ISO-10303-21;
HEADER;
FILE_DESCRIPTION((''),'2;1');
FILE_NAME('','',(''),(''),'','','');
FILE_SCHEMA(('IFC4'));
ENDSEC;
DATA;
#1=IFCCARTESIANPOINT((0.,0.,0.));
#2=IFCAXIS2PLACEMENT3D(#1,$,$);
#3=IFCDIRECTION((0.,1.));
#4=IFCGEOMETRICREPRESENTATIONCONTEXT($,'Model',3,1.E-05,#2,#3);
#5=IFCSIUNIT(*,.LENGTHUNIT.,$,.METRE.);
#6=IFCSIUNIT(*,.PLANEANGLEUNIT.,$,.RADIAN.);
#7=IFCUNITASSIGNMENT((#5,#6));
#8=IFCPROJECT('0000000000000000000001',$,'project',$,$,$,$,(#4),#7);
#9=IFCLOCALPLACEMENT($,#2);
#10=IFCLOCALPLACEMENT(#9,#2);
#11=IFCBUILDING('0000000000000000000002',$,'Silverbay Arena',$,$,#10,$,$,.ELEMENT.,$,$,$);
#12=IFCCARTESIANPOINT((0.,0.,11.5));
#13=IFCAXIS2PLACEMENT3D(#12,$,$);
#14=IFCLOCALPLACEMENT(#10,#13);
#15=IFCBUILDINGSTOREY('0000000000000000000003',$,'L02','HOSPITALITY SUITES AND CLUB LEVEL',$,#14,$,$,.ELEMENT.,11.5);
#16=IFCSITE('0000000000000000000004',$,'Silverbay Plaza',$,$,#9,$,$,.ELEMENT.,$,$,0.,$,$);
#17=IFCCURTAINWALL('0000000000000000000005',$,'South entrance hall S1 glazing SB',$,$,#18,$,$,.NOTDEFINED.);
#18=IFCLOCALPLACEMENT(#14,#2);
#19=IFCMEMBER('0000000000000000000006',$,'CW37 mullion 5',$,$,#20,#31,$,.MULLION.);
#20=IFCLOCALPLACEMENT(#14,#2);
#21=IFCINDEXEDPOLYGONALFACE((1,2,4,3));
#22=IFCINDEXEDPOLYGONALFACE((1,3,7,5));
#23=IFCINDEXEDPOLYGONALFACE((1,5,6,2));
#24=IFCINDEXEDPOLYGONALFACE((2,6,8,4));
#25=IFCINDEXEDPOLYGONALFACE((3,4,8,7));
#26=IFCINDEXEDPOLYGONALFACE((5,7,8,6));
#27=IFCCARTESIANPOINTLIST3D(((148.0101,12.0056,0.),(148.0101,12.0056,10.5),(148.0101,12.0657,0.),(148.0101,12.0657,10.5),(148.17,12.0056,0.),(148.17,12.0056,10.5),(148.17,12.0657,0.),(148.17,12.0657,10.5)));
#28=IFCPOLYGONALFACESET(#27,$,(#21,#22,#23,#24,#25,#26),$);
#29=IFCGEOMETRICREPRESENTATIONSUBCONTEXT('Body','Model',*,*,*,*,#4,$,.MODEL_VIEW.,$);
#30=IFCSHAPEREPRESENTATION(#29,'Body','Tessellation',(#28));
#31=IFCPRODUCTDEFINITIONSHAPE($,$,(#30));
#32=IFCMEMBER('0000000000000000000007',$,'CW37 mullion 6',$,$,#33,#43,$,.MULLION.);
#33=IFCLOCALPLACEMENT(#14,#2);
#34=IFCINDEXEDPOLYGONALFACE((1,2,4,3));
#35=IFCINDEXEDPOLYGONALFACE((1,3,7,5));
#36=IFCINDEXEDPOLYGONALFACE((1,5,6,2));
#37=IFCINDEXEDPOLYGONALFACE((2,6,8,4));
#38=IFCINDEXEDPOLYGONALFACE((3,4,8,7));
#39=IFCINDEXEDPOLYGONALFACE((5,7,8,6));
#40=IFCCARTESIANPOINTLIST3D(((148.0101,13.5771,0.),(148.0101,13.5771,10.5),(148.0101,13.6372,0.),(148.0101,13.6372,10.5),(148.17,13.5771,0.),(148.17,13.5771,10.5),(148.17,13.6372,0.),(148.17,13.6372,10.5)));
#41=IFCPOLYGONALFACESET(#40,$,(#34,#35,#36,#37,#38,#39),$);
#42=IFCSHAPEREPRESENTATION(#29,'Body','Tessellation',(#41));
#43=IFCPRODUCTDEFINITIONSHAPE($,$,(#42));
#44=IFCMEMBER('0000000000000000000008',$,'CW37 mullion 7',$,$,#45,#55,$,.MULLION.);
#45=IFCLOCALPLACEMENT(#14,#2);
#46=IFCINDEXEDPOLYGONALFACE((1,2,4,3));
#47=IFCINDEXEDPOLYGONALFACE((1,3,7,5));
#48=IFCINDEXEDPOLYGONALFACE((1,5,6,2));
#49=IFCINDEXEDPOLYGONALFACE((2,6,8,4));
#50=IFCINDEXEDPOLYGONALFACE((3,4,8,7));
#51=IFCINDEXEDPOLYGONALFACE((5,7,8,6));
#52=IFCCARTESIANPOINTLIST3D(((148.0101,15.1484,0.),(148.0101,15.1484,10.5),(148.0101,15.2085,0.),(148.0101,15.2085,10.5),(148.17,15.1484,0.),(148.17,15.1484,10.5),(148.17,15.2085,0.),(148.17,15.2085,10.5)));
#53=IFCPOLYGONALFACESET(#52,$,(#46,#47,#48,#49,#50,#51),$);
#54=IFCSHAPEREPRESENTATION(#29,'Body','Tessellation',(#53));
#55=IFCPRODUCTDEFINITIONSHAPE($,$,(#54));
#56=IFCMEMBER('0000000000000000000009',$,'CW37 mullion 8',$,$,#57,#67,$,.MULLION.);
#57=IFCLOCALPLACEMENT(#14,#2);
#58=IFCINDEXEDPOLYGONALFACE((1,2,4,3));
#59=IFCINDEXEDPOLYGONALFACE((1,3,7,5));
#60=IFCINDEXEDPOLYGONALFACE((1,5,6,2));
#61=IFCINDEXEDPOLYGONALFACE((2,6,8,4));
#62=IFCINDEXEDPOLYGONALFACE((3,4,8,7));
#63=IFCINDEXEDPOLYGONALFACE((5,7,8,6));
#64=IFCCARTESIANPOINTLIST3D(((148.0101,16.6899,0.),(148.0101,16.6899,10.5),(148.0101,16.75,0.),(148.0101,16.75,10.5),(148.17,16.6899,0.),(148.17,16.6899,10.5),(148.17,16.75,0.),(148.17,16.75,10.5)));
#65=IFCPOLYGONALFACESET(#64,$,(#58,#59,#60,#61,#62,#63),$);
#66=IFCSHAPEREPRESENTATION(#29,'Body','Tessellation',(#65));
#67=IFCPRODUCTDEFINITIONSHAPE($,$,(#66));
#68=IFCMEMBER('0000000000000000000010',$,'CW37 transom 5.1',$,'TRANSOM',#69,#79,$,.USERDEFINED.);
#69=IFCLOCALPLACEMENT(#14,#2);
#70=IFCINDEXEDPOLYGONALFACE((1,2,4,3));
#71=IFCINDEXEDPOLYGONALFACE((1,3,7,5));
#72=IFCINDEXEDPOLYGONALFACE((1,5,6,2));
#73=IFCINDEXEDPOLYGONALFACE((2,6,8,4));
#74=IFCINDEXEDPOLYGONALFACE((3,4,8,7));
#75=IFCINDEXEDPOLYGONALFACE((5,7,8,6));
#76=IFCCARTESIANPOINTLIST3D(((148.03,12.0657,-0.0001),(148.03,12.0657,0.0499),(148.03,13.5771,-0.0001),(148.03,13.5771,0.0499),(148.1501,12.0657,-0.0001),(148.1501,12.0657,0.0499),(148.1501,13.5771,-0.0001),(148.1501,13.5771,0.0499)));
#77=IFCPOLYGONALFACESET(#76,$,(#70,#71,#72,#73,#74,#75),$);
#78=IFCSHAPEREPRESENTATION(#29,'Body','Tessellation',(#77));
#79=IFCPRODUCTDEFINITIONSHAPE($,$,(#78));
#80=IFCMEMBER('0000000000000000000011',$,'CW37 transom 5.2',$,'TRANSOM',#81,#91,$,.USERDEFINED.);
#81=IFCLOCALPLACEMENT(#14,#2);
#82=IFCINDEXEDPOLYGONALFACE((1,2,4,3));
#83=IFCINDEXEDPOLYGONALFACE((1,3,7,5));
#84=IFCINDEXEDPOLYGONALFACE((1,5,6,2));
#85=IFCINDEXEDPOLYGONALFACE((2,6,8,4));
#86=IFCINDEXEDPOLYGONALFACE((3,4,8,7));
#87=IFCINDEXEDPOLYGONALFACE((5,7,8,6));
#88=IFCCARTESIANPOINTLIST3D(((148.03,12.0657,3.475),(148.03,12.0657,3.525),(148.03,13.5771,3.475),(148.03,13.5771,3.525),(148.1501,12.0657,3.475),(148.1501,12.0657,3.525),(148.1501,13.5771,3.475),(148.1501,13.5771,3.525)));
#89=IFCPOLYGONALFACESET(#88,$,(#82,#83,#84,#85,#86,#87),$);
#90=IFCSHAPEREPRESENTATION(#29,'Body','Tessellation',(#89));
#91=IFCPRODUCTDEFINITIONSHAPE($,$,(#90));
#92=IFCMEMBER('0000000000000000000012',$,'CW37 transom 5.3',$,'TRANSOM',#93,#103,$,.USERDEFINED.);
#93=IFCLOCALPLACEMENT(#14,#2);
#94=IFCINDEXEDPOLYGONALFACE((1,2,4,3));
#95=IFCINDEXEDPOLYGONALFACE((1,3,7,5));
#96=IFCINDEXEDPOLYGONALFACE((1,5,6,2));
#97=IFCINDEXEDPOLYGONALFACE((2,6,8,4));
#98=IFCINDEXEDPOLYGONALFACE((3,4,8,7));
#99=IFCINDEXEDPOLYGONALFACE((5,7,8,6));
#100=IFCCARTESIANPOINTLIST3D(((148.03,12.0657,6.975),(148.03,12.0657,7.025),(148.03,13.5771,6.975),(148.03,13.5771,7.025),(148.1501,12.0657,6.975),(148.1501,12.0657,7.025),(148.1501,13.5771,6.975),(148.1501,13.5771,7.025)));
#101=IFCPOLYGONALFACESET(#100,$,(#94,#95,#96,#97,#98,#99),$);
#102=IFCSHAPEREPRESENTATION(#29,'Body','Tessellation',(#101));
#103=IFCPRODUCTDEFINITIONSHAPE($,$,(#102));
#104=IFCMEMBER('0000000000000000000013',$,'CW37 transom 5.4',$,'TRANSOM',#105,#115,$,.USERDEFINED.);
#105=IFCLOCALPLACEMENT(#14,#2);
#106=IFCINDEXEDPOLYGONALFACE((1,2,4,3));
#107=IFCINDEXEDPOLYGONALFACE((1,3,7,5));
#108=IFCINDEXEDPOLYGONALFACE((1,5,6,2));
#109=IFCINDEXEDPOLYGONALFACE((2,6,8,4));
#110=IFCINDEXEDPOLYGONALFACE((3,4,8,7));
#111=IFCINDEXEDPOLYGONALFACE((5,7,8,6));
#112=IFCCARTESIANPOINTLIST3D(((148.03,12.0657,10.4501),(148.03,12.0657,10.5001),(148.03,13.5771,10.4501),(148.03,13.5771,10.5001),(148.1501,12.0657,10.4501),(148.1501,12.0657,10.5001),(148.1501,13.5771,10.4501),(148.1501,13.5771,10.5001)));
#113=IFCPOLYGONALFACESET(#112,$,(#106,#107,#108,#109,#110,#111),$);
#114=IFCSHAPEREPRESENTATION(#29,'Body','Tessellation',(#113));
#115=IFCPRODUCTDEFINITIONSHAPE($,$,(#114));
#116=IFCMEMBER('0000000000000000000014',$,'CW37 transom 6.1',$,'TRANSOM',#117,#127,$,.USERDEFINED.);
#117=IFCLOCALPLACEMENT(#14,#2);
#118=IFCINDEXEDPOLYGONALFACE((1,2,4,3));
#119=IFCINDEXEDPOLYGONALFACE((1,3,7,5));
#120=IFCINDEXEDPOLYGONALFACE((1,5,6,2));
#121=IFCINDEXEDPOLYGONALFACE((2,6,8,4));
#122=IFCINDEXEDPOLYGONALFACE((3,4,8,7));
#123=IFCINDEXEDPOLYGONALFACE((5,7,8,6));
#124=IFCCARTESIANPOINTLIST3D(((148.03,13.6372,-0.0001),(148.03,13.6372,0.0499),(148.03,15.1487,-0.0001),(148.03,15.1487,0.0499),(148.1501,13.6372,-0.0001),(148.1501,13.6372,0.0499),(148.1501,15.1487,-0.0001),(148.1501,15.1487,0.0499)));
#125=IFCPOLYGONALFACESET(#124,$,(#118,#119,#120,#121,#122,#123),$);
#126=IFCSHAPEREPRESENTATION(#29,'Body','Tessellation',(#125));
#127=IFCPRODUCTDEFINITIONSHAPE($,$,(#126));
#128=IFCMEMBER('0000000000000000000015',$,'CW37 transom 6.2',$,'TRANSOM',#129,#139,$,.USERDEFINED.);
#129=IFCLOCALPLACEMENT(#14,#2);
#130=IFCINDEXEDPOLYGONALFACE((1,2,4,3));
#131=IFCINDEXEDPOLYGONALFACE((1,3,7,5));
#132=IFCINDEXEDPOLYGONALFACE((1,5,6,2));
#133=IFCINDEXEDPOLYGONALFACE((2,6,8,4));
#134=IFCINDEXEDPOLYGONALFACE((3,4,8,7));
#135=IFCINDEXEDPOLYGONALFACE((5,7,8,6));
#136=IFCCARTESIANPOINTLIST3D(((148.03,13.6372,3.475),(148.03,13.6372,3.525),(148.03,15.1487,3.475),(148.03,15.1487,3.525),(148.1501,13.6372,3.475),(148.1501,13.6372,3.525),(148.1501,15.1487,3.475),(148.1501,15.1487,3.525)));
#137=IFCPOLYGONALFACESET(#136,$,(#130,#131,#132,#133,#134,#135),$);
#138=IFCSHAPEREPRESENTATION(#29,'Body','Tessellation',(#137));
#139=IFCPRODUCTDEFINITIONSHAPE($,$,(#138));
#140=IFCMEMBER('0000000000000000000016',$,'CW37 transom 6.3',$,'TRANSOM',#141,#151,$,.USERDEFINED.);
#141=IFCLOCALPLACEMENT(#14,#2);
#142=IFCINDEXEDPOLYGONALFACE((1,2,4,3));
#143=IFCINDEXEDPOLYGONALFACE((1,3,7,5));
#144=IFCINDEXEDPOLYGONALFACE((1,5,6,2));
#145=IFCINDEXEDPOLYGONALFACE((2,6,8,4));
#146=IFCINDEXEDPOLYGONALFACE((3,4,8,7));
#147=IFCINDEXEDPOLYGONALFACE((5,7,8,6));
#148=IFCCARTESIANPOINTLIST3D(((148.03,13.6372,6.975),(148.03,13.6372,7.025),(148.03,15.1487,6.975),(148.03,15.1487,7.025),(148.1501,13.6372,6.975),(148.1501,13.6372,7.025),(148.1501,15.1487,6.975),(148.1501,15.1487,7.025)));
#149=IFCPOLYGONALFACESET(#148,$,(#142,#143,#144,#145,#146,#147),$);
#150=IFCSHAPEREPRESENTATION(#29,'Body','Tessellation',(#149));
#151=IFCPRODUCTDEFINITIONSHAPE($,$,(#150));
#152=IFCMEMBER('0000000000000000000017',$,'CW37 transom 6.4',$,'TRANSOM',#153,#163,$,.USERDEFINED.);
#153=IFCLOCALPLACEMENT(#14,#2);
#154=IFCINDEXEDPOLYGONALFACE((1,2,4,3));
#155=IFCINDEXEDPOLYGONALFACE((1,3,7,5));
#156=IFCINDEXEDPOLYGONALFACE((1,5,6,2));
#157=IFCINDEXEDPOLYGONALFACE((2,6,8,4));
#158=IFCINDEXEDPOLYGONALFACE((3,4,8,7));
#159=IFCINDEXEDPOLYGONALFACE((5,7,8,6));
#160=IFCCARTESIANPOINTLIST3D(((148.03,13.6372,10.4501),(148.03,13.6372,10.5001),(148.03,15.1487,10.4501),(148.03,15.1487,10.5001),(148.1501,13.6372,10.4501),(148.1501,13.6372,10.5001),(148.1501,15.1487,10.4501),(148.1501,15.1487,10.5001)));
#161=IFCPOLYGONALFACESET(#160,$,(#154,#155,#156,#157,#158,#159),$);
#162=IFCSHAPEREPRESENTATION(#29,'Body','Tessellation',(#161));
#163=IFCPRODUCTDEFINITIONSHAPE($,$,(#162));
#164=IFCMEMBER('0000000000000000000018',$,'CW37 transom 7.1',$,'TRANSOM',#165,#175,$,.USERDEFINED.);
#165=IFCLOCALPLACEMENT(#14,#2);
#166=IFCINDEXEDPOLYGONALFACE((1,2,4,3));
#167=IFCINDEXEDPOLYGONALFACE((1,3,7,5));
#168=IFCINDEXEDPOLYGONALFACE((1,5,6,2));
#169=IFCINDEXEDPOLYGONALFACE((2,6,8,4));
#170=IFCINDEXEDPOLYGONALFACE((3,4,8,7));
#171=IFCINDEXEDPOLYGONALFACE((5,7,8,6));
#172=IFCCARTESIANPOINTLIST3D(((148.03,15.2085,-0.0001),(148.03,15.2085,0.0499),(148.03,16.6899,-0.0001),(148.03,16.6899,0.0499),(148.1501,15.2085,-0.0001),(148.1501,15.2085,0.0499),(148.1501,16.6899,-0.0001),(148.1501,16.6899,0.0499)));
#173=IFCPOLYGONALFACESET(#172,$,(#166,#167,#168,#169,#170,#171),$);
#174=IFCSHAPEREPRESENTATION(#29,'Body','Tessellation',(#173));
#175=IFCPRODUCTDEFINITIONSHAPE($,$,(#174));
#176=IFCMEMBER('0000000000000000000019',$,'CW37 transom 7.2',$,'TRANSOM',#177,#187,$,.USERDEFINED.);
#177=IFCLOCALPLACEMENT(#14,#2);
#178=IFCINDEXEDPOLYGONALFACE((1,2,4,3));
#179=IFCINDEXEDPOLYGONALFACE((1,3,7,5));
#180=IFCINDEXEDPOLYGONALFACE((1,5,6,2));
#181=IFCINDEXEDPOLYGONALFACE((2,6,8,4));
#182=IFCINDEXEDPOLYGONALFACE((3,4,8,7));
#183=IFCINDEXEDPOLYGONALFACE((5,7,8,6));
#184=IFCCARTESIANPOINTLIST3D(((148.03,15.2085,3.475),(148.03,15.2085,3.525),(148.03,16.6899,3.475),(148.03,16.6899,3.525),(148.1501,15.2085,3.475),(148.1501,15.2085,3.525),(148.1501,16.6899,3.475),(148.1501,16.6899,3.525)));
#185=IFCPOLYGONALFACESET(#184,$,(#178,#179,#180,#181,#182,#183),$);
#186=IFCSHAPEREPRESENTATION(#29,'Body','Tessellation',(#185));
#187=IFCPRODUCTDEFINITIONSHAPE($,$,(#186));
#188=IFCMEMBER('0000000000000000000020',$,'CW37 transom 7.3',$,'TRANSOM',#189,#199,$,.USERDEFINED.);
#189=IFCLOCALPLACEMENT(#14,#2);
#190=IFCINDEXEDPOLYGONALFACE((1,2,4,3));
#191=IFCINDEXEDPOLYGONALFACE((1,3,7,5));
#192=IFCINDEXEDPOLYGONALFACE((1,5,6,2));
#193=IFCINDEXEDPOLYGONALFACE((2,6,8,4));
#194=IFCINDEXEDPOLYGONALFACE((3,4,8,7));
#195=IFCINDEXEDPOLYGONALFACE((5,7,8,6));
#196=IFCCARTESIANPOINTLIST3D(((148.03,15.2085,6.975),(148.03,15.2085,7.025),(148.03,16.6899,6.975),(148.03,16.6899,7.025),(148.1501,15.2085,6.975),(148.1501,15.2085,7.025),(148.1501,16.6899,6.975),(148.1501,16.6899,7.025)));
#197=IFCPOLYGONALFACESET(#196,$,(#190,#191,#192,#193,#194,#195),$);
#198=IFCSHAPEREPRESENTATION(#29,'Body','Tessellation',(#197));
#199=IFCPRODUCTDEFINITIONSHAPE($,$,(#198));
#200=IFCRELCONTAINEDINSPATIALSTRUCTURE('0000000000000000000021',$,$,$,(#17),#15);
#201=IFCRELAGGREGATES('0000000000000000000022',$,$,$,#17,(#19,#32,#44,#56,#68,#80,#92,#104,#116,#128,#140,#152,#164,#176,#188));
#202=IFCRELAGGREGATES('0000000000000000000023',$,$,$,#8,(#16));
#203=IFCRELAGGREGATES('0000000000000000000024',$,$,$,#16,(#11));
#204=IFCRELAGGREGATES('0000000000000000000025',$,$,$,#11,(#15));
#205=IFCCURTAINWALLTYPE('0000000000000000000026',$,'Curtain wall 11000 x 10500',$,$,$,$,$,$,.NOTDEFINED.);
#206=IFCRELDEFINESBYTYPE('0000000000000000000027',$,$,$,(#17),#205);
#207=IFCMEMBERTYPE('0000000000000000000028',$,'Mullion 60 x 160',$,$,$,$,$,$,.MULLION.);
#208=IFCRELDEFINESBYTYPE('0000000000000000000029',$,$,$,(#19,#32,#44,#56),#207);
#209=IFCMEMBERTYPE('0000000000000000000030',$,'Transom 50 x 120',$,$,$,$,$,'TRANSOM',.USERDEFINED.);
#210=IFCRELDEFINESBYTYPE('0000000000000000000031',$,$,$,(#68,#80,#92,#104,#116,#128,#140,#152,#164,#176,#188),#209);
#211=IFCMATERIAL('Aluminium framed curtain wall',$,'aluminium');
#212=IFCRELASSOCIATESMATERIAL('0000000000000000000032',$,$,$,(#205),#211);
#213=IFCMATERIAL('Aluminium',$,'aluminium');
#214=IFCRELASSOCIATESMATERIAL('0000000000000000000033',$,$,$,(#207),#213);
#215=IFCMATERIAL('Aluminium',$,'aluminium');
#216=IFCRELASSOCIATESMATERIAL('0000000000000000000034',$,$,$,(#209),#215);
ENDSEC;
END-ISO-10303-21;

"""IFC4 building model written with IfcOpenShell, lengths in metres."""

from ifc_helpers import new_model, si_unit, direction, frame, origin, origin_2d, place, context, subcontext, project, spatial, rectangle, extrude, material, material_profile, profile_set, type_object, element, aggregate, save


model = new_model("IFC4")

# Units and contexts
model_context = context("Model", 3, precision=1e-05, world=origin(), true_north=direction((0.0, 1.0)))
body_context = subcontext(model_context, "Body", "Model", "MODEL_VIEW")
ifc_project = project(units=[si_unit("LENGTHUNIT", "METRE"), si_unit("PLANEANGLEUNIT", "RADIAN")], contexts=[model_context])

# Site, building, storey
site_placement = place(None, origin())
site = spatial("IfcSite", under=ifc_project, at=site_placement, Name="Silverbay Plaza", CompositionType="ELEMENT", RefElevation=0.0)
building_placement = place(site_placement, origin())
building = spatial("IfcBuilding", under=site, at=building_placement, Name="Silverbay Arena", CompositionType="ELEMENT")
storey_placement = place(building_placement, frame((0.0, 0.0, 11.5)))
storey = spatial("IfcBuildingStorey", under=building, at=storey_placement, Name="L02", Description="HOSPITALITY SUITES AND CLUB LEVEL", CompositionType="ELEMENT", Elevation=11.5)

# Curtain wall, members
ifc_material_1 = material(Name="Aluminium framed curtain wall", Category="aluminium")
curtain_wall_type = type_object("IfcCurtainWallType", Name="Curtain wall 11000 x 10500", PredefinedType="NOTDEFINED", material=ifc_material_1)
curtain_wall_placement = place(storey_placement, origin())
curtain_wall = element("IfcCurtainWall", 1, at=curtain_wall_placement, inside=storey, type_object=curtain_wall_type, Name="South entrance hall S1 glazing SB", PredefinedType="NOTDEFINED")
ifc_material_2 = material(Name="Aluminium", Category="aluminium")
ifc_material_profile_1 = material_profile(ifc_material_2, rectangle(XDim=0.1599, YDim=0.0601, at=origin_2d()), Name="Mullion 60 x 160")
ifc_profile_set_1 = profile_set([ifc_material_profile_1], Name="Aluminium")
member_type_1 = type_object("IfcMemberType", Name="Mullion 60 x 160", PredefinedType="MULLION", material=ifc_profile_set_1)
member_1_placement = place(storey_placement, frame((148.0901, 12.0356, 0.0), z_axis=(0.0, 0.0, 1.0), x_axis=(-1.0, 0.0, 0.0)))
member_1 = element("IfcMember", 2, at=member_1_placement, type_object=member_type_1, Name="CW37 mullion 5", PredefinedType="MULLION", context=body_context, shape_type="SweptSolid", body=[
    extrude(rectangle(XDim=0.1599, YDim=0.0601, at=origin_2d()), origin(), (0.0, 0.0, 1.0), 10.5),
])
member_2_placement = place(storey_placement, frame((148.0901, 13.6072, 0.0), z_axis=(0.0, 0.0, 1.0), x_axis=(-1.0, 0.0, 0.0)))
member_2 = element("IfcMember", 3, at=member_2_placement, type_object=member_type_1, Name="CW37 mullion 6", PredefinedType="MULLION", context=body_context, shape_type="SweptSolid", body=[
    extrude(rectangle(XDim=0.1599, YDim=0.0601, at=origin_2d()), origin(), (0.0, 0.0, 1.0), 10.5),
])
member_3_placement = place(storey_placement, frame((148.0901, 15.1785, 0.0), z_axis=(0.0, 0.0, 1.0), x_axis=(-1.0, 0.0, 0.0)))
member_3 = element("IfcMember", 4, at=member_3_placement, type_object=member_type_1, Name="CW37 mullion 7", PredefinedType="MULLION", context=body_context, shape_type="SweptSolid", body=[
    extrude(rectangle(XDim=0.1599, YDim=0.0601, at=origin_2d()), origin(), (0.0, 0.0, 1.0), 10.5),
])
member_4_placement = place(storey_placement, frame((148.0901, 16.72, 0.0), z_axis=(0.0, 0.0, 1.0), x_axis=(-1.0, 0.0, 0.0)))
member_4 = element("IfcMember", 5, at=member_4_placement, type_object=member_type_1, Name="CW37 mullion 8", PredefinedType="MULLION", context=body_context, shape_type="SweptSolid", body=[
    extrude(rectangle(XDim=0.1599, YDim=0.0601, at=origin_2d()), origin(), (0.0, 0.0, 1.0), 10.5),
])
ifc_material_3 = material(Name="Aluminium", Category="aluminium")
ifc_material_profile_2 = material_profile(ifc_material_3, rectangle(XDim=0.1201, YDim=0.05, at=origin_2d()), Name="Transom 50 x 120")
ifc_profile_set_2 = profile_set([ifc_material_profile_2], Name="Aluminium")
member_type_2 = type_object("IfcMemberType", Name="Transom 50 x 120", ElementType="TRANSOM", PredefinedType="USERDEFINED", material=ifc_profile_set_2)
member_5_placement = place(storey_placement, frame((148.0901, 12.0657, 0.0249), z_axis=(0.0, 1.0, 0.0), x_axis=(-1.0, 0.0, 0.0)))
member_5 = element("IfcMember", 6, at=member_5_placement, type_object=member_type_2, Name="CW37 transom 5.1", ObjectType="TRANSOM", PredefinedType="USERDEFINED", context=body_context, shape_type="SweptSolid", body=[
    extrude(rectangle(XDim=0.1201, YDim=0.05, at=origin_2d()), origin(), (0.0, 0.0, 1.0), 1.5115),
])
member_6_placement = place(storey_placement, frame((148.0901, 12.0657, 3.5), z_axis=(0.0, 1.0, 0.0), x_axis=(-1.0, 0.0, 0.0)))
member_6 = element("IfcMember", 7, at=member_6_placement, type_object=member_type_2, Name="CW37 transom 5.2", ObjectType="TRANSOM", PredefinedType="USERDEFINED", context=body_context, shape_type="SweptSolid", body=[
    extrude(rectangle(XDim=0.1201, YDim=0.05, at=origin_2d()), origin(), (0.0, 0.0, 1.0), 1.5115),
])
member_7_placement = place(storey_placement, frame((148.0901, 12.0657, 7.0), z_axis=(0.0, 1.0, 0.0), x_axis=(-1.0, 0.0, 0.0)))
member_7 = element("IfcMember", 8, at=member_7_placement, type_object=member_type_2, Name="CW37 transom 5.3", ObjectType="TRANSOM", PredefinedType="USERDEFINED", context=body_context, shape_type="SweptSolid", body=[
    extrude(rectangle(XDim=0.1201, YDim=0.05, at=origin_2d()), origin(), (0.0, 0.0, 1.0), 1.5115),
])
member_8_placement = place(storey_placement, frame((148.0901, 12.0657, 10.4751), z_axis=(0.0, 1.0, 0.0), x_axis=(-1.0, 0.0, 0.0)))
member_8 = element("IfcMember", 9, at=member_8_placement, type_object=member_type_2, Name="CW37 transom 5.4", ObjectType="TRANSOM", PredefinedType="USERDEFINED", context=body_context, shape_type="SweptSolid", body=[
    extrude(rectangle(XDim=0.1201, YDim=0.05, at=origin_2d()), origin(), (0.0, 0.0, 1.0), 1.5115),
])
member_9_placement = place(storey_placement, frame((148.0901, 13.6372, 0.0249), z_axis=(0.0, 1.0, 0.0), x_axis=(-1.0, 0.0, 0.0)))
member_9 = element("IfcMember", 10, at=member_9_placement, type_object=member_type_2, Name="CW37 transom 6.1", ObjectType="TRANSOM", PredefinedType="USERDEFINED", context=body_context, shape_type="SweptSolid", body=[
    extrude(rectangle(XDim=0.1201, YDim=0.05, at=origin_2d()), origin(), (0.0, 0.0, 1.0), 1.5115),
])
member_10_placement = place(storey_placement, frame((148.0901, 13.6372, 3.5), z_axis=(0.0, 1.0, 0.0), x_axis=(-1.0, 0.0, 0.0)))
member_10 = element("IfcMember", 11, at=member_10_placement, type_object=member_type_2, Name="CW37 transom 6.2", ObjectType="TRANSOM", PredefinedType="USERDEFINED", context=body_context, shape_type="SweptSolid", body=[
    extrude(rectangle(XDim=0.1201, YDim=0.05, at=origin_2d()), origin(), (0.0, 0.0, 1.0), 1.5115),
])
member_11_placement = place(storey_placement, frame((148.0901, 13.6372, 7.0), z_axis=(0.0, 1.0, 0.0), x_axis=(-1.0, 0.0, 0.0)))
member_11 = element("IfcMember", 12, at=member_11_placement, type_object=member_type_2, Name="CW37 transom 6.3", ObjectType="TRANSOM", PredefinedType="USERDEFINED", context=body_context, shape_type="SweptSolid", body=[
    extrude(rectangle(XDim=0.1201, YDim=0.05, at=origin_2d()), origin(), (0.0, 0.0, 1.0), 1.5115),
])
member_12_placement = place(storey_placement, frame((148.0901, 13.6372, 10.4751), z_axis=(0.0, 1.0, 0.0), x_axis=(-1.0, 0.0, 0.0)))
member_12 = element("IfcMember", 13, at=member_12_placement, type_object=member_type_2, Name="CW37 transom 6.4", ObjectType="TRANSOM", PredefinedType="USERDEFINED", context=body_context, shape_type="SweptSolid", body=[
    extrude(rectangle(XDim=0.1201, YDim=0.05, at=origin_2d()), origin(), (0.0, 0.0, 1.0), 1.5115),
])
member_13_placement = place(storey_placement, frame((148.0901, 15.2085, 0.0249), z_axis=(0.0, 1.0, 0.0), x_axis=(-1.0, 0.0, 0.0)))
member_13 = element("IfcMember", 14, at=member_13_placement, type_object=member_type_2, Name="CW37 transom 7.1", ObjectType="TRANSOM", PredefinedType="USERDEFINED", context=body_context, shape_type="SweptSolid", body=[
    extrude(rectangle(XDim=0.1201, YDim=0.05, at=origin_2d()), origin(), (0.0, 0.0, 1.0), 1.4814),
])
member_14_placement = place(storey_placement, frame((148.0901, 15.2085, 3.5), z_axis=(0.0, 1.0, 0.0), x_axis=(-1.0, 0.0, 0.0)))
member_14 = element("IfcMember", 15, at=member_14_placement, type_object=member_type_2, Name="CW37 transom 7.2", ObjectType="TRANSOM", PredefinedType="USERDEFINED", context=body_context, shape_type="SweptSolid", body=[
    extrude(rectangle(XDim=0.1201, YDim=0.05, at=origin_2d()), origin(), (0.0, 0.0, 1.0), 1.4814),
])
member_15_placement = place(storey_placement, frame((148.0901, 15.2085, 7.0), z_axis=(0.0, 1.0, 0.0), x_axis=(-1.0, 0.0, 0.0)))
member_15 = element("IfcMember", 16, at=member_15_placement, type_object=member_type_2, Name="CW37 transom 7.3", ObjectType="TRANSOM", PredefinedType="USERDEFINED", context=body_context, shape_type="SweptSolid", body=[
    extrude(rectangle(XDim=0.1201, YDim=0.05, at=origin_2d()), origin(), (0.0, 0.0, 1.0), 1.4814),
])
aggregate(curtain_wall, [member_1, member_2, member_3, member_4, member_5, member_6, member_7, member_8, member_9, member_10, member_11, member_12, member_13, member_14, member_15])

save(model, "model.ifc")
